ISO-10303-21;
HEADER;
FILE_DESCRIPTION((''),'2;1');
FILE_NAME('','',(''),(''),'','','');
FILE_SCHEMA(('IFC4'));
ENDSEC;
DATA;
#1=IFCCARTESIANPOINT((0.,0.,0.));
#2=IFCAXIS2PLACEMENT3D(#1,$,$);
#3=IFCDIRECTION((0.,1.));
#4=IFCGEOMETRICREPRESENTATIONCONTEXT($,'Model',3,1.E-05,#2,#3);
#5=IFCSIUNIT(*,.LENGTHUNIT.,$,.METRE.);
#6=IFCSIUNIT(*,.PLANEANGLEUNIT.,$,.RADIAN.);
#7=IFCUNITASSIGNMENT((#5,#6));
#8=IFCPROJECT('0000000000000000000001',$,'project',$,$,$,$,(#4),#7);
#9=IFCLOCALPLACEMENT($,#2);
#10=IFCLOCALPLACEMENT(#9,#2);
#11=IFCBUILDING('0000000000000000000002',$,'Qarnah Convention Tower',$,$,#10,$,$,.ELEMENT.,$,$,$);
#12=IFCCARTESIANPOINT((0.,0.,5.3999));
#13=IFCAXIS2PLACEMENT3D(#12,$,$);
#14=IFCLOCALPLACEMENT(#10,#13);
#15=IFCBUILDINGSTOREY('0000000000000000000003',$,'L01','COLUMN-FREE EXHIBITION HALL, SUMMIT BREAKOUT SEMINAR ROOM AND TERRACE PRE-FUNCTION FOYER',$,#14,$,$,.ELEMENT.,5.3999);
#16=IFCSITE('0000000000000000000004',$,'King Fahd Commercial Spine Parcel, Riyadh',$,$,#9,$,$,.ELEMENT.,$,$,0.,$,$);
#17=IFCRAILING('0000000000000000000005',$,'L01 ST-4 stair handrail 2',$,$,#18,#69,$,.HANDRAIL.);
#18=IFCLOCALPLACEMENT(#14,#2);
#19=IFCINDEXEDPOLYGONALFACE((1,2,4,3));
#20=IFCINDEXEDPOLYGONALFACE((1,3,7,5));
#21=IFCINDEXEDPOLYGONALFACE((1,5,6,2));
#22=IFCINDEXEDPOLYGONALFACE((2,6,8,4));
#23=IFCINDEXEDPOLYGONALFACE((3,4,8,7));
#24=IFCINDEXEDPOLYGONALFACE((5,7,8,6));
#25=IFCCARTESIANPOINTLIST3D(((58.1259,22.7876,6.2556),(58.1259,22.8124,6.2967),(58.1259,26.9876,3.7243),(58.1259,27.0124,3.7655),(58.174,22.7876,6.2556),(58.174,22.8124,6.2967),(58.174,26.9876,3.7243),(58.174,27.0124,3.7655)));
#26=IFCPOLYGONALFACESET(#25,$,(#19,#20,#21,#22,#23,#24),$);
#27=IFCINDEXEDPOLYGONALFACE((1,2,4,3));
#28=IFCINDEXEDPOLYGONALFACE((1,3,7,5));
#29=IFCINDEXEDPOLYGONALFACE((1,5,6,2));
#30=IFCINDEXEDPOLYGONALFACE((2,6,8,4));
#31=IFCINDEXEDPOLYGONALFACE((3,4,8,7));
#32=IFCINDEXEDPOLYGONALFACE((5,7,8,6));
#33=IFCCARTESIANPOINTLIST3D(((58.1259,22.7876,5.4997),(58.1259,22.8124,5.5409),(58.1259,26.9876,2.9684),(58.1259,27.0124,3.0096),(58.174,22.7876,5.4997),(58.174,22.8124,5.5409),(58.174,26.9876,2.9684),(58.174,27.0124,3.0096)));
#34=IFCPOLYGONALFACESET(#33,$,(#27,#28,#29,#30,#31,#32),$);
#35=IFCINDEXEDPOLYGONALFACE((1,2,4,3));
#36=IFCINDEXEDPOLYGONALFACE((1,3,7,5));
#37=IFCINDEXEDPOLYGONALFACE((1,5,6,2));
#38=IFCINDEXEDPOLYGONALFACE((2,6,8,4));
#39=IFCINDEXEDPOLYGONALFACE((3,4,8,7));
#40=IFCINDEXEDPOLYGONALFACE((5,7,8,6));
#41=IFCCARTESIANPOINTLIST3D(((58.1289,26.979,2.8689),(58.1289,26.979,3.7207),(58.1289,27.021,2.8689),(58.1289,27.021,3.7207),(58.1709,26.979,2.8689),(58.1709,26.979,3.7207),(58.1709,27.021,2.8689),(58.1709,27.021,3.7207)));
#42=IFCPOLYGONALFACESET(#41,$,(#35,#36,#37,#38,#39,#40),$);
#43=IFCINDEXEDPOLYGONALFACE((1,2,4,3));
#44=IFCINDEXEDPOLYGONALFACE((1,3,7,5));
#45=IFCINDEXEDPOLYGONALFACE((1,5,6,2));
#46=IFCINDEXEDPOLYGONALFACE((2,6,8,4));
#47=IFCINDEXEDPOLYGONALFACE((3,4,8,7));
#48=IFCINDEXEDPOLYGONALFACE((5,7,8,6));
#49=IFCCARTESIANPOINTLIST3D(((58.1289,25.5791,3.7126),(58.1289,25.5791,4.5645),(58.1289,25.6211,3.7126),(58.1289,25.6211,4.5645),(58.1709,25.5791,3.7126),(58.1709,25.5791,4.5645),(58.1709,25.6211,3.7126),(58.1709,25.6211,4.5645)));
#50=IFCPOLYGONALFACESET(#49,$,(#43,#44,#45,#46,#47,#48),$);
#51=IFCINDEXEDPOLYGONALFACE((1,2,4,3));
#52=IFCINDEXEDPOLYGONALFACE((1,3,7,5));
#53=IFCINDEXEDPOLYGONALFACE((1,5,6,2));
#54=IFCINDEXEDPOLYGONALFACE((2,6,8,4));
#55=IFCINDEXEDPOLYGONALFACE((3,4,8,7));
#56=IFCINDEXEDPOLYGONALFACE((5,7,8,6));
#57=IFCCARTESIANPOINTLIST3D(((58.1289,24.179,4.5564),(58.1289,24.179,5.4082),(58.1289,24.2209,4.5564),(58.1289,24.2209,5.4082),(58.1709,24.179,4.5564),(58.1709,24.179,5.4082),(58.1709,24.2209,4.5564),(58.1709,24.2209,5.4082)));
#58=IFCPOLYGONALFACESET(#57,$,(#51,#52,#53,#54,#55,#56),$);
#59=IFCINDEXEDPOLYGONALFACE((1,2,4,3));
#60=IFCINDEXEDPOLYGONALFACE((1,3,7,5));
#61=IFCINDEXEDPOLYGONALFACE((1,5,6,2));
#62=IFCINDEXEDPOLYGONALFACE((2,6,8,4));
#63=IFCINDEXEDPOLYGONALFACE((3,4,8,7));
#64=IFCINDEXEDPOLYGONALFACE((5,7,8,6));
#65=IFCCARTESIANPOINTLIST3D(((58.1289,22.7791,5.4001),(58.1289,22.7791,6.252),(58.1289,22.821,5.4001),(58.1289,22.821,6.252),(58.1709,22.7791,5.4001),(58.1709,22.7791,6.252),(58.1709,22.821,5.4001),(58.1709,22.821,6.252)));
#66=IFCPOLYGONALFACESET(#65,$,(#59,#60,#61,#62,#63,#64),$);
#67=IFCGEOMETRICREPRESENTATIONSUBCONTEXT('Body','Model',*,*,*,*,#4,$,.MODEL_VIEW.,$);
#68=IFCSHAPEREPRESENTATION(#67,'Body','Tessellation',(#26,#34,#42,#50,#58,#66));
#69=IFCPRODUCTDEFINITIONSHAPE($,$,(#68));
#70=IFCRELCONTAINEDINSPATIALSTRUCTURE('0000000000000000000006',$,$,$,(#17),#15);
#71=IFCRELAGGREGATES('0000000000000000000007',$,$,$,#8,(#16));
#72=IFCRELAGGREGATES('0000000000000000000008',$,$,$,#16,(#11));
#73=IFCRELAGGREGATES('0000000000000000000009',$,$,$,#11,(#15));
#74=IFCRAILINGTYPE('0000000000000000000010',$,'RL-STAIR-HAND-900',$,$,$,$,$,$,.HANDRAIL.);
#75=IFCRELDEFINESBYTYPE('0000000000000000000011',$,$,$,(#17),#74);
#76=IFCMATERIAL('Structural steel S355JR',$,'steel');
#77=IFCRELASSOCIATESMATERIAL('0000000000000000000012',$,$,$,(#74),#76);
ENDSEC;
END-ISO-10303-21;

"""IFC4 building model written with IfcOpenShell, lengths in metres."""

from ifc_helpers import new_model, si_unit, direction, frame, origin, origin_2d, place, context, subcontext, project, spatial, rectangle, extrude, material, type_object, element, save


model = new_model("IFC4")

# Units and contexts
model_context = context("Model", 3, precision=1e-05, world=origin(), true_north=direction((0.0, 1.0)))
body_context = subcontext(model_context, "Body", "Model", "MODEL_VIEW")
ifc_project = project(units=[si_unit("LENGTHUNIT", "METRE"), si_unit("PLANEANGLEUNIT", "RADIAN")], contexts=[model_context])

# Site, building, storey
site_placement = place(None, origin())
site = spatial("IfcSite", under=ifc_project, at=site_placement, Name="King Fahd Commercial Spine Parcel, Riyadh", CompositionType="ELEMENT", RefElevation=0.0)
building_placement = place(site_placement, origin())
building = spatial("IfcBuilding", under=site, at=building_placement, Name="Qarnah Convention Tower", CompositionType="ELEMENT")
storey_placement = place(building_placement, frame((0.0, 0.0, 5.3999)))
storey = spatial("IfcBuildingStorey", under=building, at=storey_placement, Name="L01", Description="COLUMN-FREE EXHIBITION HALL, SUMMIT BREAKOUT SEMINAR ROOM AND TERRACE PRE-FUNCTION FOYER", CompositionType="ELEMENT", Elevation=5.3999)

# Shared definitions
ifc_material_1 = material(Name="Structural steel S355JR", Category="steel")

# Railing
railing_type_1 = type_object("IfcRailingType", Name="RL-STAIR-HAND-900", PredefinedType="HANDRAIL", material=ifc_material_1)
railing_1_placement = place(storey_placement, frame((58.1499, 27.0, 2.8689)))
element("IfcRailing", 1, at=railing_1_placement, inside=storey, type_object=railing_type_1, Name="L01 ST-4 stair handrail 2", PredefinedType="HANDRAIL", context=body_context, shape_type="SweptSolid", body=[
    extrude(rectangle(XDim=0.0481, YDim=0.0481, at=origin_2d()), frame((0.0, 0.0, 0.876), z_axis=(0.0, -0.856476, 0.516186), x_axis=(1.0, 0.0, 0.0)), (0.0, 0.0, 1.0), 4.9038),
    extrude(rectangle(XDim=0.0481, YDim=0.0481, at=origin_2d()), frame((0.0, 0.0, 0.1201), z_axis=(0.0, -0.856476, 0.516186), x_axis=(1.0, 0.0, 0.0)), (0.0, 0.0, 1.0), 4.9038),
    extrude(rectangle(XDim=0.042, YDim=0.042, at=origin_2d()), origin(), (0.0, 0.0, 1.0), 0.8518),
    extrude(rectangle(XDim=0.042, YDim=0.042, at=origin_2d()), frame((0.0, -1.3999, 0.8438)), (0.0, 0.0, 1.0), 0.8518),
    extrude(rectangle(XDim=0.042, YDim=0.042, at=origin_2d()), frame((0.0, -2.8, 1.6875)), (0.0, 0.0, 1.0), 0.8518),
    extrude(rectangle(XDim=0.042, YDim=0.042, at=origin_2d()), frame((0.0, -4.2, 2.5312)), (0.0, 0.0, 1.0), 0.8518),
])

save(model, "model.ifc")
